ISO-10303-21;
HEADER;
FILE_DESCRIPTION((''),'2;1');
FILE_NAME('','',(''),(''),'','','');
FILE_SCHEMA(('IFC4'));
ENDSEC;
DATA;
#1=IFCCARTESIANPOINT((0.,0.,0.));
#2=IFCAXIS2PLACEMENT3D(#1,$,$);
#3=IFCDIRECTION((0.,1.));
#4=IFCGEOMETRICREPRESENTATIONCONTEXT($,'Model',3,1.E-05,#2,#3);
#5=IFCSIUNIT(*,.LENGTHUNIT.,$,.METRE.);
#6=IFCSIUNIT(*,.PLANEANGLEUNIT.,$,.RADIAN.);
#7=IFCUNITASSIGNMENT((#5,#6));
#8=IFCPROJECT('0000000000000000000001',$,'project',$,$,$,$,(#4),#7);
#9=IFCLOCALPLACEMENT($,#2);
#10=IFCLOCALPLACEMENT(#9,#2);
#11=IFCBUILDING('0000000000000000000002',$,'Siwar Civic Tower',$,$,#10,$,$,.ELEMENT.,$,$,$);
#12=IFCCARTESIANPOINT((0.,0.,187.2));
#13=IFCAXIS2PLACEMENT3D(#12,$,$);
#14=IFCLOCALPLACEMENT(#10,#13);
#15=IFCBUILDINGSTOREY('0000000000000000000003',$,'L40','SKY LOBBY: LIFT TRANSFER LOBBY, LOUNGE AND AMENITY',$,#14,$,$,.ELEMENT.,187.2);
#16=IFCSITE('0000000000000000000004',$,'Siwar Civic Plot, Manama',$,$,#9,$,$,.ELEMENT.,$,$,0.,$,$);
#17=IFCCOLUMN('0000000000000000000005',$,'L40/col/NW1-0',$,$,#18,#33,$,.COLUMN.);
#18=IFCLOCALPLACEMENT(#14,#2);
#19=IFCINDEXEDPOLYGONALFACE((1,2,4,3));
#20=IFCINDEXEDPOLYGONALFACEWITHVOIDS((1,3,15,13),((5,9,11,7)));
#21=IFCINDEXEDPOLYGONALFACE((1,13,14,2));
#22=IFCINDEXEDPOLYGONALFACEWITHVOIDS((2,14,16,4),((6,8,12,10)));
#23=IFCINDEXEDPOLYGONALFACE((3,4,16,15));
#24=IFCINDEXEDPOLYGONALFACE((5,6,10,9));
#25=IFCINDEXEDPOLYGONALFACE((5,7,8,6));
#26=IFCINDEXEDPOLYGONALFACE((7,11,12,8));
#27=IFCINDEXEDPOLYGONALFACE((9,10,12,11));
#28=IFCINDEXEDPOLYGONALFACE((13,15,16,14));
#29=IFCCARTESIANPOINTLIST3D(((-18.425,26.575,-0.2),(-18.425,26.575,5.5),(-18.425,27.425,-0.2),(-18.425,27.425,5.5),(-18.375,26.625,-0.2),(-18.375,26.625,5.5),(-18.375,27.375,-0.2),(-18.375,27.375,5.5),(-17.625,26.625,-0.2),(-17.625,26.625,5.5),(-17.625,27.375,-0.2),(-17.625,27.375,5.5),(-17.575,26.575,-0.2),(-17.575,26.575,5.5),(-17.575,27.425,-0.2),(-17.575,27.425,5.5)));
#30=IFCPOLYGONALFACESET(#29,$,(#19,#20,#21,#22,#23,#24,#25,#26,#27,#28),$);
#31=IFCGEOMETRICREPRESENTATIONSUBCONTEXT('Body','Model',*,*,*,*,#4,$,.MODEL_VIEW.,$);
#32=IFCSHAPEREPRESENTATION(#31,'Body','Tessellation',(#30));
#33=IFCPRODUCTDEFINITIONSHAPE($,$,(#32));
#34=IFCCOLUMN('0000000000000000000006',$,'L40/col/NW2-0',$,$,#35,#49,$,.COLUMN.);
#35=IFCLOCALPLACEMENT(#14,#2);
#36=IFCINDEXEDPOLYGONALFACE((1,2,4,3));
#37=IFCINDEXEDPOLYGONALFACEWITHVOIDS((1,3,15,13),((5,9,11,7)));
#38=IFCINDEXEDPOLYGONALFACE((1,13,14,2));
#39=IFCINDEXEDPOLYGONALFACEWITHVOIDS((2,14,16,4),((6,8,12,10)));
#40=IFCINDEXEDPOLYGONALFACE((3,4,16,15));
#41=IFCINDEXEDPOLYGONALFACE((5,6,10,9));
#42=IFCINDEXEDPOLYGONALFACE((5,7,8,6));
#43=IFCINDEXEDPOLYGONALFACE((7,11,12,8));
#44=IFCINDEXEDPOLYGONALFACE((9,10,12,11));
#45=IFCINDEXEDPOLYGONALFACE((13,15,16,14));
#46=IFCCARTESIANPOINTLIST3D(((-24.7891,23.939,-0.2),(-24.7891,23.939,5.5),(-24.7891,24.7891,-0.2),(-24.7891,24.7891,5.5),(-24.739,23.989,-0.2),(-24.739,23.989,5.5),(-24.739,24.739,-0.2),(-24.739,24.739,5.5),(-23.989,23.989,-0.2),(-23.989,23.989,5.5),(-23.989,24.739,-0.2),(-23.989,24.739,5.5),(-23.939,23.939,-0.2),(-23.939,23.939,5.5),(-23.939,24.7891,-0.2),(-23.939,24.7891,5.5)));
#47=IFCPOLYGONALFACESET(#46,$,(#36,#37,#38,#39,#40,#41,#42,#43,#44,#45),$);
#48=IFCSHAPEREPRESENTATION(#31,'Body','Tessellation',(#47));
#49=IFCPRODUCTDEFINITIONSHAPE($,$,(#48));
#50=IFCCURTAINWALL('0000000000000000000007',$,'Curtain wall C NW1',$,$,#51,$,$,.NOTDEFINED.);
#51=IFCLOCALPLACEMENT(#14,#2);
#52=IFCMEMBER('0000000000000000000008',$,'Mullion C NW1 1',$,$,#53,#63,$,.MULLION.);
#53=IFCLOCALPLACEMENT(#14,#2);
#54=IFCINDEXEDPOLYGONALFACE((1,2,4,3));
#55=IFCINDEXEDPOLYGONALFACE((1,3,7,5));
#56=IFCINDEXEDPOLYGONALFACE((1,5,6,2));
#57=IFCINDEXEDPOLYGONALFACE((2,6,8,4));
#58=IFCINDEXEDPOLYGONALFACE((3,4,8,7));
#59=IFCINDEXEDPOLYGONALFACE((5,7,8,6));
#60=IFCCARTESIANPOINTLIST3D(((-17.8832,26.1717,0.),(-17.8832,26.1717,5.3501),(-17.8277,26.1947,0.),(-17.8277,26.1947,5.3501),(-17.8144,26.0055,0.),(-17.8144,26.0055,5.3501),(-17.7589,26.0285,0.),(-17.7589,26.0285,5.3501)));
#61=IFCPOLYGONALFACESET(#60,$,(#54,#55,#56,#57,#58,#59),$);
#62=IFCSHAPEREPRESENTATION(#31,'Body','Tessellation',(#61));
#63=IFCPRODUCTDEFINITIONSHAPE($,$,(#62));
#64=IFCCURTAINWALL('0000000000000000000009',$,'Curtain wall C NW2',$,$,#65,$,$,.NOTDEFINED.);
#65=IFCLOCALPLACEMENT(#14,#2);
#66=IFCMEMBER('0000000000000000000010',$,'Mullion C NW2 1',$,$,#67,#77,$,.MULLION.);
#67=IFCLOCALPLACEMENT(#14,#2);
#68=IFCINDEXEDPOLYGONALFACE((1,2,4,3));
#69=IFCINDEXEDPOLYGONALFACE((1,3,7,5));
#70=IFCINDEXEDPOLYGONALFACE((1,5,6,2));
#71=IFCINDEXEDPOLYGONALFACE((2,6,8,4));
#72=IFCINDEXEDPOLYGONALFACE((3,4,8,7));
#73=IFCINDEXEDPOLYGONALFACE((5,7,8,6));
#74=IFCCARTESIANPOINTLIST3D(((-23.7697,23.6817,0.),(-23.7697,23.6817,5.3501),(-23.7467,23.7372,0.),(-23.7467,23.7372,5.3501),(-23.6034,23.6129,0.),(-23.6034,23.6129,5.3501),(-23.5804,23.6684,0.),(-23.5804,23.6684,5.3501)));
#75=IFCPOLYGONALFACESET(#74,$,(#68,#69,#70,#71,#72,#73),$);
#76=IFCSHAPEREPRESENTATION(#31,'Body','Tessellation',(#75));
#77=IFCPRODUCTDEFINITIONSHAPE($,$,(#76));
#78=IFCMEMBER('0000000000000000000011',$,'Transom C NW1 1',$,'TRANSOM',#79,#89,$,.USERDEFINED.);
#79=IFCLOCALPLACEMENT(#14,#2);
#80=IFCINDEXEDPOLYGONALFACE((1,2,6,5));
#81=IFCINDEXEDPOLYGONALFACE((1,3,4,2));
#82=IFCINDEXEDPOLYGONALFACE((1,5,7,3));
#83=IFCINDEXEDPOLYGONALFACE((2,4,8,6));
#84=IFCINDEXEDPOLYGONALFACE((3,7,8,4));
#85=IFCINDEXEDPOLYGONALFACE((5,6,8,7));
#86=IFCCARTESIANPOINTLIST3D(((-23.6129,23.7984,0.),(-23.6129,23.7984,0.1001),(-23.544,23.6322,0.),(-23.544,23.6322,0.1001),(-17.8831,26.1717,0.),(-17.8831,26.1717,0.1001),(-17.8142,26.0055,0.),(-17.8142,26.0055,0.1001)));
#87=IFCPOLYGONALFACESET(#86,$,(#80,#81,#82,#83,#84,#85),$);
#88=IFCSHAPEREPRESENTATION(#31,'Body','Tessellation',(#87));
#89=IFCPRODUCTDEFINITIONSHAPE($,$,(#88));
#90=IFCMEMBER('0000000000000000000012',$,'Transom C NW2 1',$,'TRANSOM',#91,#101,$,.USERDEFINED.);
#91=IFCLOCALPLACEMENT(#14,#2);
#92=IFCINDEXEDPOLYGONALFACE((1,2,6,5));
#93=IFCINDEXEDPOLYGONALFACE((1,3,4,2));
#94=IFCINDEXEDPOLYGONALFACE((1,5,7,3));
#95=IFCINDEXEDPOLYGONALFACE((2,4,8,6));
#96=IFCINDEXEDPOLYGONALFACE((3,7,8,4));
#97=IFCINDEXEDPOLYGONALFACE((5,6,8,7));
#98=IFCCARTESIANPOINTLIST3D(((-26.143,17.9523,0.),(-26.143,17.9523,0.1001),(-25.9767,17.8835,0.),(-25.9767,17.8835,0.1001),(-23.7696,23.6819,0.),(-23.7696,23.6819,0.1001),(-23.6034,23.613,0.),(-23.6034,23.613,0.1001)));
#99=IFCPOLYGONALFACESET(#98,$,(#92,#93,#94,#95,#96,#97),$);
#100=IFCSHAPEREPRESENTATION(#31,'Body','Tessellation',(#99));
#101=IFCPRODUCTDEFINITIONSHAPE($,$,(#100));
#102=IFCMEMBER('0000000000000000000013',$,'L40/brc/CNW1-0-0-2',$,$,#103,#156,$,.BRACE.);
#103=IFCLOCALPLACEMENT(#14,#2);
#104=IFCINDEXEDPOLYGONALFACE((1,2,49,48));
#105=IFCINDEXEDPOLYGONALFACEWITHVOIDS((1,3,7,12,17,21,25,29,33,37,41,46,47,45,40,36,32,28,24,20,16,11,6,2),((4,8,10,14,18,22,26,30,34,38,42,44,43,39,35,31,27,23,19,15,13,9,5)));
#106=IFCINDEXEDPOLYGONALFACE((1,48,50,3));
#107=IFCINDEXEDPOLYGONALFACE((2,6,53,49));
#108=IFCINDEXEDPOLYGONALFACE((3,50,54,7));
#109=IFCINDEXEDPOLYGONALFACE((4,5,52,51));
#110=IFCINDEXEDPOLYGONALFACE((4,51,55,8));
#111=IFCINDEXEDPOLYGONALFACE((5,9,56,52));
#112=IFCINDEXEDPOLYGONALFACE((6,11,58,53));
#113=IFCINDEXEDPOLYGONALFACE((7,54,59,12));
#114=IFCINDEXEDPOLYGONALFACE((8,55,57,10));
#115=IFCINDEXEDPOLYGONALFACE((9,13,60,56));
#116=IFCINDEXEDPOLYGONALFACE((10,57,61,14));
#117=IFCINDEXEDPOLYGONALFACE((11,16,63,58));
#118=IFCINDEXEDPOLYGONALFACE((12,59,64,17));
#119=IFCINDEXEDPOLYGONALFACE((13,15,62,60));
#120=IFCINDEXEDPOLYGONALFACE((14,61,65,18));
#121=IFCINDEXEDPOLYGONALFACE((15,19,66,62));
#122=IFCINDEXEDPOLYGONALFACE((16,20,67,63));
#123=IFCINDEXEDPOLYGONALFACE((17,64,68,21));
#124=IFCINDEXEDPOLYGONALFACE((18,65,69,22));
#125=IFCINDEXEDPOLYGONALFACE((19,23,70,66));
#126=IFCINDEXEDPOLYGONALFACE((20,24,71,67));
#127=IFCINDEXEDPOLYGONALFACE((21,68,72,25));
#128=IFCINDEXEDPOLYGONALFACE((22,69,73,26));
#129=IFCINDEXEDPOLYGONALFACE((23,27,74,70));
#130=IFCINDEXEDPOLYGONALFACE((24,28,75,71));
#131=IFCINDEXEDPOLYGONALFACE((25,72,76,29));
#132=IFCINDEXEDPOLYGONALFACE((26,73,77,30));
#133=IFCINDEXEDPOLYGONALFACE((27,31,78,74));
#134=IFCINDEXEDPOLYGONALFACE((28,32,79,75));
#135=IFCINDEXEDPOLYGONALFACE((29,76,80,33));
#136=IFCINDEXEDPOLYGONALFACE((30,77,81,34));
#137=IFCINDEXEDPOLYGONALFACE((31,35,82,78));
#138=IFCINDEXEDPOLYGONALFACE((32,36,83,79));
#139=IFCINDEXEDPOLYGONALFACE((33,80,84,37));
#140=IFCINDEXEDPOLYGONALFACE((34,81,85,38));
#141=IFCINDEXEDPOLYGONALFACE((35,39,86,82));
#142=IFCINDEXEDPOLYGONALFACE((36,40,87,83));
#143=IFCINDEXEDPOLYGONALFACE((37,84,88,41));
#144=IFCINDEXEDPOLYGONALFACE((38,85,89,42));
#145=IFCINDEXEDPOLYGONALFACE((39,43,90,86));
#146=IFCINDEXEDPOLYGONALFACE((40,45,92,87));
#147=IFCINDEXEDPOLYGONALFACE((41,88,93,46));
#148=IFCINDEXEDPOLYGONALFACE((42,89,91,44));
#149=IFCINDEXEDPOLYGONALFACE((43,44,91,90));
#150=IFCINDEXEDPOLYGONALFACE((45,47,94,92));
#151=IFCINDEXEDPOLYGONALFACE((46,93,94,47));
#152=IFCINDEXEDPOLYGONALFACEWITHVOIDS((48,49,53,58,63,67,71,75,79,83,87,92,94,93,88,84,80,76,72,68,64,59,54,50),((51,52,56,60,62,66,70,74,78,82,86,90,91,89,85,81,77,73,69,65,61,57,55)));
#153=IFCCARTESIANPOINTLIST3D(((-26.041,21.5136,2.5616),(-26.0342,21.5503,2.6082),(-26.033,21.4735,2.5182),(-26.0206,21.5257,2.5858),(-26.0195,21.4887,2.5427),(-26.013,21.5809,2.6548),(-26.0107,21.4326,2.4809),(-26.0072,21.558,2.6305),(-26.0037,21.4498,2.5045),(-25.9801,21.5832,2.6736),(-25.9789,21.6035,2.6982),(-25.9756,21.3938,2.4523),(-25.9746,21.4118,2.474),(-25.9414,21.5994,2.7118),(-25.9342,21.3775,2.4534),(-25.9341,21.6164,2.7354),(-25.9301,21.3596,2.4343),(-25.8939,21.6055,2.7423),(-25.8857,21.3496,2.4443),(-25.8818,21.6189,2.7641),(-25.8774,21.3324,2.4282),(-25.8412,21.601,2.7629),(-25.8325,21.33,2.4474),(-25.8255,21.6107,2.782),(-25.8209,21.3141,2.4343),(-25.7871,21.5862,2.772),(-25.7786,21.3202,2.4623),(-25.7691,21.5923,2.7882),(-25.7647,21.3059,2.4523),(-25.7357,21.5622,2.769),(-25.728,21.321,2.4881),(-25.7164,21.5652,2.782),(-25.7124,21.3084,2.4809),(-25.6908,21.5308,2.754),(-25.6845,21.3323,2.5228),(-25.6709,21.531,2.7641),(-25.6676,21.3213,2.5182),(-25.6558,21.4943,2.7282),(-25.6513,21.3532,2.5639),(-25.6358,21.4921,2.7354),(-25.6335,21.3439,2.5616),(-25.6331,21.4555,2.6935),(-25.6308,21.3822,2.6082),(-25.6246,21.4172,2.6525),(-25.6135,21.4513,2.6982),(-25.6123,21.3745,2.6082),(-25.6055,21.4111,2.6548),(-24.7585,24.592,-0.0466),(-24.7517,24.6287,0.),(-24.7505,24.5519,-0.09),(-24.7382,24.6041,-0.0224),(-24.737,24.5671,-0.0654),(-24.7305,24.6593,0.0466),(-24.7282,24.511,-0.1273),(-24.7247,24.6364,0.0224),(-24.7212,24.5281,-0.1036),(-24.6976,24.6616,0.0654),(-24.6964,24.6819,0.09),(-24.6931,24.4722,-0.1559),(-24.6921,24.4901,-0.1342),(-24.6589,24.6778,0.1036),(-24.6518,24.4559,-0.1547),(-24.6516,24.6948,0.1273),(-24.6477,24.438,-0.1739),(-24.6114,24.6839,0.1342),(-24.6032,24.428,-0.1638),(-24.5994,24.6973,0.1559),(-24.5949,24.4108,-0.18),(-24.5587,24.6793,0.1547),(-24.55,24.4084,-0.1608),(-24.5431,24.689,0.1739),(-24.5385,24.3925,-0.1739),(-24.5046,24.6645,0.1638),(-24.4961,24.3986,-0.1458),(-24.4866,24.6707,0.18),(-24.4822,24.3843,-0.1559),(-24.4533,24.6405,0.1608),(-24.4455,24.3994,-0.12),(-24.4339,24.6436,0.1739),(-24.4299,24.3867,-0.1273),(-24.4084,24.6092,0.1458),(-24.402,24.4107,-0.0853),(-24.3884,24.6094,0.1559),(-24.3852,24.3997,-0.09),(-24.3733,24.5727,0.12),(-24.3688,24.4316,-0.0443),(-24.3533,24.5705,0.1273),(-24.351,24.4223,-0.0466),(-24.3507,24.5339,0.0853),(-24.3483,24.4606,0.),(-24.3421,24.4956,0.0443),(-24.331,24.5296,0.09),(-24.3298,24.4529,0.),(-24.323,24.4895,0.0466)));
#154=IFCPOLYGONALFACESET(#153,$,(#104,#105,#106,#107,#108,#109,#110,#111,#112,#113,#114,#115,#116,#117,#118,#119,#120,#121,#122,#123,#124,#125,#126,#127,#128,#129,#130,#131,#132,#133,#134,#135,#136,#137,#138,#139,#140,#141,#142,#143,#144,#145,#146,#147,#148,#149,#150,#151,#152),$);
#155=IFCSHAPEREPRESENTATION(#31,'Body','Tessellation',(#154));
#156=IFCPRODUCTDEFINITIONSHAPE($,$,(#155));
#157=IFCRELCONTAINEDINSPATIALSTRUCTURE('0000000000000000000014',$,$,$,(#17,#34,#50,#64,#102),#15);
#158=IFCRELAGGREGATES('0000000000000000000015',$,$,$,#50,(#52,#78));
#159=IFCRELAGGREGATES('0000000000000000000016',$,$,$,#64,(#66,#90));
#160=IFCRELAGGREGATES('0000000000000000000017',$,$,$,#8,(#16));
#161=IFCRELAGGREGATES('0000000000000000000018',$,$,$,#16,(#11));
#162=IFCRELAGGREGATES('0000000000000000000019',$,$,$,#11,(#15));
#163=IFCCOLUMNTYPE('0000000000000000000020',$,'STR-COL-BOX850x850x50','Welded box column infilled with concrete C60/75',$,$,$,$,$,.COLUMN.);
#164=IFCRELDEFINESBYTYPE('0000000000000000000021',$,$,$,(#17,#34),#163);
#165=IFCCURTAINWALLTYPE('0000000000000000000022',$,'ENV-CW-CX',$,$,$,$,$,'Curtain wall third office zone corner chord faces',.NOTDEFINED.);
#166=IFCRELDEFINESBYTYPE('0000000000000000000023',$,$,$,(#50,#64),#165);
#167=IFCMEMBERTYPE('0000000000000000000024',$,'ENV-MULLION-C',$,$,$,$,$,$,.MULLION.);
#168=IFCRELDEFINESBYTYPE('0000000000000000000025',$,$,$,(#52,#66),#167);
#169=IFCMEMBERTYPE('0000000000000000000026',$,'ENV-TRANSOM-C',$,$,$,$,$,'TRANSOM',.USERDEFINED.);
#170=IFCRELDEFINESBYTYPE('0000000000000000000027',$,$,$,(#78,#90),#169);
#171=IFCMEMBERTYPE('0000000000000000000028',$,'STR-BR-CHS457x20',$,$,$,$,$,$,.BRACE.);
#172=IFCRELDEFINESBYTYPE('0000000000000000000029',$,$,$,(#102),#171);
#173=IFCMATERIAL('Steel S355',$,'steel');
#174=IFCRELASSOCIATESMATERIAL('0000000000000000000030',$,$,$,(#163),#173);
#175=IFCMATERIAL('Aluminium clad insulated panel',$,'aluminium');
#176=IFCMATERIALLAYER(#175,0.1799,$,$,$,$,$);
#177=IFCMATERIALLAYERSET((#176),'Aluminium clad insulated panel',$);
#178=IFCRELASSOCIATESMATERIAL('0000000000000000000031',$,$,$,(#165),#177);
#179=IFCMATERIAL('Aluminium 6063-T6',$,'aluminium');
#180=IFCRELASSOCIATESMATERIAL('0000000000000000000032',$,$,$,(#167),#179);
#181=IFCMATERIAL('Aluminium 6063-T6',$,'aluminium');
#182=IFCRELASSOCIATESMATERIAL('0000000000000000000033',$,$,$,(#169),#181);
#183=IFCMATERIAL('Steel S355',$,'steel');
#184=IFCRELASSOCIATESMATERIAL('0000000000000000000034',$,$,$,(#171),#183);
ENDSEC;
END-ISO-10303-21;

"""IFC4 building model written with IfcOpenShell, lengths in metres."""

from ifc_helpers import new_model, si_unit, direction, frame, origin, origin_2d, place, context, subcontext, project, spatial, rectangle, hollow_rectangle, hollow_circle, extrude, material, layer, layer_set, material_profile, profile_set, type_object, element, aggregate, save


model = new_model("IFC4")

# Units and contexts
model_context = context("Model", 3, precision=1e-05, world=origin(), true_north=direction((0.0, 1.0)))
body_context = subcontext(model_context, "Body", "Model", "MODEL_VIEW")
ifc_project = project(units=[si_unit("LENGTHUNIT", "METRE"), si_unit("PLANEANGLEUNIT", "RADIAN")], contexts=[model_context])

# Site, building, storey
site_placement = place(None, origin())
site = spatial("IfcSite", under=ifc_project, at=site_placement, Name="Siwar Civic Plot, Manama", CompositionType="ELEMENT", RefElevation=0.0)
building_placement = place(site_placement, origin())
building = spatial("IfcBuilding", under=site, at=building_placement, Name="Siwar Civic Tower", CompositionType="ELEMENT")
storey_placement = place(building_placement, frame((0.0, 0.0, 187.2)))
storey = spatial("IfcBuildingStorey", under=building, at=storey_placement, Name="L40", Description="SKY LOBBY: LIFT TRANSFER LOBBY, LOUNGE AND AMENITY", CompositionType="ELEMENT", Elevation=187.2)

# Columns
ifc_material_1 = material(Name="Steel S355", Category="steel")
ifc_material_profile_1 = material_profile(ifc_material_1, hollow_rectangle(XDim=0.8501, YDim=0.8501, WallThickness=0.05, at=origin_2d()), Name="BOX850x850x50")
ifc_profile_set_1 = profile_set([ifc_material_profile_1], Name="Steel S355")
column_type = type_object("IfcColumnType", Name="STR-COL-BOX850x850x50", Description="Welded box column infilled with concrete C60/75", PredefinedType="COLUMN", material=ifc_profile_set_1)
for number, where, z_axis, x_axis, name in (
    (1, (-18.0, 27.0, -0.2), (0.0, 0.0, 1.0), (1.0, 0.0, 0.0), "L40/col/NW1-0"),
    (2, (-24.364, 24.364, -0.2), (0.0, 0.0, 1.0), (1.0, 0.0, 0.0), "L40/col/NW2-0"),
):
    element("IfcColumn", number, at=place(storey_placement, frame(where, z_axis=z_axis, x_axis=x_axis)), inside=storey, type_object=column_type, Name=name, PredefinedType="COLUMN", context=body_context, shape_type="SweptSolid", body=[
        extrude(hollow_rectangle(XDim=0.8501, YDim=0.8501, WallThickness=0.05, at=origin_2d()), origin(), (0.0, 0.0, 1.0), 5.7),
    ])

# Curtain walls, members
ifc_material_2 = material(Name="Aluminium clad insulated panel", Category="aluminium")
ifc_layer_1 = layer(ifc_material_2, 0.1799)
ifc_layer_set_1 = layer_set([ifc_layer_1], Name="Aluminium clad insulated panel")
curtain_wall_type = type_object("IfcCurtainWallType", Name="ENV-CW-CX", ElementType="Curtain wall third office zone corner chord faces", PredefinedType="NOTDEFINED", material=ifc_layer_set_1)
curtain_wall_1_placement = place(storey_placement, origin())
curtain_wall_1 = element("IfcCurtainWall", 3, at=curtain_wall_1_placement, inside=storey, type_object=curtain_wall_type, Name="Curtain wall C NW1", PredefinedType="NOTDEFINED")
ifc_material_3 = material(Name="Aluminium 6063-T6", Category="aluminium")
ifc_material_profile_2 = material_profile(ifc_material_3, rectangle(XDim=0.1799, YDim=0.0601, at=origin_2d()), Name="AL 180x60")
ifc_profile_set_2 = profile_set([ifc_material_profile_2], Name="Aluminium 6063-T6")
member_type_1 = type_object("IfcMemberType", Name="ENV-MULLION-C", PredefinedType="MULLION", material=ifc_profile_set_2)
member_1_placement = place(storey_placement, frame((-17.821, 26.1001, 0.0), z_axis=(0.0, 0.0, 1.0), x_axis=(0.382683, -0.92388, 0.0)))
member_1 = element("IfcMember", 4, at=member_1_placement, type_object=member_type_1, Name="Mullion C NW1 1", PredefinedType="MULLION", context=body_context, shape_type="SweptSolid", body=[
    extrude(rectangle(XDim=0.1799, YDim=0.0601, at=origin_2d()), origin(), (0.0, 0.0, 1.0), 5.3501),
])
curtain_wall_2_placement = place(storey_placement, origin())
curtain_wall_2 = element("IfcCurtainWall", 5, at=curtain_wall_2_placement, inside=storey, type_object=curtain_wall_type, Name="Curtain wall C NW2", PredefinedType="NOTDEFINED")
member_2_placement = place(storey_placement, frame((-23.675, 23.675, 0.0), z_axis=(0.0, 0.0, 1.0), x_axis=(0.92388, -0.382683, 0.0)))
member_2 = element("IfcMember", 6, at=member_2_placement, type_object=member_type_1, Name="Mullion C NW2 1", PredefinedType="MULLION", context=body_context, shape_type="SweptSolid", body=[
    extrude(rectangle(XDim=0.1799, YDim=0.0601, at=origin_2d()), origin(), (0.0, 0.0, 1.0), 5.3501),
])

# Members
ifc_material_4 = material(Name="Aluminium 6063-T6", Category="aluminium")
ifc_material_profile_3 = material_profile(ifc_material_4, rectangle(XDim=0.1799, YDim=0.1001, at=origin_2d()), Name="AL 180x100")
ifc_profile_set_3 = profile_set([ifc_material_profile_3], Name="Aluminium 6063-T6")
member_type_2 = type_object("IfcMemberType", Name="ENV-TRANSOM-C", ElementType="TRANSOM", PredefinedType="USERDEFINED", material=ifc_profile_set_3)
member_3_placement = place(storey_placement, frame((-17.8486, 26.0886, 0.05), z_axis=(-0.923882, -0.382677, 0.0), x_axis=(0.382677, -0.923882, 0.0)))
member_3 = element("IfcMember", 7, at=member_3_placement, type_object=member_type_2, Name="Transom C NW1 1", ObjectType="TRANSOM", PredefinedType="USERDEFINED", context=body_context, shape_type="SweptSolid", body=[
    extrude(rectangle(XDim=0.1799, YDim=0.1001, at=origin_2d()), origin(), (0.0, 0.0, 1.0), 6.2019),
])
member_4_placement = place(storey_placement, frame((-23.6865, 23.6475, 0.05), z_axis=(-0.382691, -0.923876, 0.0), x_axis=(0.923876, -0.382691, 0.0)))
member_4 = element("IfcMember", 8, at=member_4_placement, type_object=member_type_2, Name="Transom C NW2 1", ObjectType="TRANSOM", PredefinedType="USERDEFINED", context=body_context, shape_type="SweptSolid", body=[
    extrude(rectangle(XDim=0.1799, YDim=0.1001, at=origin_2d()), origin(), (0.0, 0.0, 1.0), 6.2017),
])

# Member
ifc_material_5 = material(Name="Steel S355", Category="steel")
ifc_material_profile_4 = material_profile(ifc_material_5, hollow_circle(Radius=0.2285, WallThickness=0.02, at=origin_2d()), Name="CHS457x20")
ifc_profile_set_4 = profile_set([ifc_material_profile_4], Name="Steel S355")
member_type_3 = type_object("IfcMemberType", Name="STR-BR-CHS457x20", PredefinedType="BRACE", material=ifc_profile_set_4)
member_5_placement = place(storey_placement, frame((-24.5408, 24.5408, 0.0), z_axis=(-0.302925, -0.727124, 0.616057), x_axis=(0.923096, -0.384569, 0.0)))
element("IfcMember", 9, at=member_5_placement, inside=storey, type_object=member_type_3, Name="L40/brc/CNW1-0-0-2", PredefinedType="BRACE", context=body_context, shape_type="SweptSolid", body=[
    extrude(hollow_circle(Radius=0.2285, WallThickness=0.02, at=origin_2d()), origin(), (0.0, 0.0, 1.0), 4.2336),
])

aggregate(curtain_wall_1, [member_1, member_3])
aggregate(curtain_wall_2, [member_2, member_4])

save(model, "model.ifc")
